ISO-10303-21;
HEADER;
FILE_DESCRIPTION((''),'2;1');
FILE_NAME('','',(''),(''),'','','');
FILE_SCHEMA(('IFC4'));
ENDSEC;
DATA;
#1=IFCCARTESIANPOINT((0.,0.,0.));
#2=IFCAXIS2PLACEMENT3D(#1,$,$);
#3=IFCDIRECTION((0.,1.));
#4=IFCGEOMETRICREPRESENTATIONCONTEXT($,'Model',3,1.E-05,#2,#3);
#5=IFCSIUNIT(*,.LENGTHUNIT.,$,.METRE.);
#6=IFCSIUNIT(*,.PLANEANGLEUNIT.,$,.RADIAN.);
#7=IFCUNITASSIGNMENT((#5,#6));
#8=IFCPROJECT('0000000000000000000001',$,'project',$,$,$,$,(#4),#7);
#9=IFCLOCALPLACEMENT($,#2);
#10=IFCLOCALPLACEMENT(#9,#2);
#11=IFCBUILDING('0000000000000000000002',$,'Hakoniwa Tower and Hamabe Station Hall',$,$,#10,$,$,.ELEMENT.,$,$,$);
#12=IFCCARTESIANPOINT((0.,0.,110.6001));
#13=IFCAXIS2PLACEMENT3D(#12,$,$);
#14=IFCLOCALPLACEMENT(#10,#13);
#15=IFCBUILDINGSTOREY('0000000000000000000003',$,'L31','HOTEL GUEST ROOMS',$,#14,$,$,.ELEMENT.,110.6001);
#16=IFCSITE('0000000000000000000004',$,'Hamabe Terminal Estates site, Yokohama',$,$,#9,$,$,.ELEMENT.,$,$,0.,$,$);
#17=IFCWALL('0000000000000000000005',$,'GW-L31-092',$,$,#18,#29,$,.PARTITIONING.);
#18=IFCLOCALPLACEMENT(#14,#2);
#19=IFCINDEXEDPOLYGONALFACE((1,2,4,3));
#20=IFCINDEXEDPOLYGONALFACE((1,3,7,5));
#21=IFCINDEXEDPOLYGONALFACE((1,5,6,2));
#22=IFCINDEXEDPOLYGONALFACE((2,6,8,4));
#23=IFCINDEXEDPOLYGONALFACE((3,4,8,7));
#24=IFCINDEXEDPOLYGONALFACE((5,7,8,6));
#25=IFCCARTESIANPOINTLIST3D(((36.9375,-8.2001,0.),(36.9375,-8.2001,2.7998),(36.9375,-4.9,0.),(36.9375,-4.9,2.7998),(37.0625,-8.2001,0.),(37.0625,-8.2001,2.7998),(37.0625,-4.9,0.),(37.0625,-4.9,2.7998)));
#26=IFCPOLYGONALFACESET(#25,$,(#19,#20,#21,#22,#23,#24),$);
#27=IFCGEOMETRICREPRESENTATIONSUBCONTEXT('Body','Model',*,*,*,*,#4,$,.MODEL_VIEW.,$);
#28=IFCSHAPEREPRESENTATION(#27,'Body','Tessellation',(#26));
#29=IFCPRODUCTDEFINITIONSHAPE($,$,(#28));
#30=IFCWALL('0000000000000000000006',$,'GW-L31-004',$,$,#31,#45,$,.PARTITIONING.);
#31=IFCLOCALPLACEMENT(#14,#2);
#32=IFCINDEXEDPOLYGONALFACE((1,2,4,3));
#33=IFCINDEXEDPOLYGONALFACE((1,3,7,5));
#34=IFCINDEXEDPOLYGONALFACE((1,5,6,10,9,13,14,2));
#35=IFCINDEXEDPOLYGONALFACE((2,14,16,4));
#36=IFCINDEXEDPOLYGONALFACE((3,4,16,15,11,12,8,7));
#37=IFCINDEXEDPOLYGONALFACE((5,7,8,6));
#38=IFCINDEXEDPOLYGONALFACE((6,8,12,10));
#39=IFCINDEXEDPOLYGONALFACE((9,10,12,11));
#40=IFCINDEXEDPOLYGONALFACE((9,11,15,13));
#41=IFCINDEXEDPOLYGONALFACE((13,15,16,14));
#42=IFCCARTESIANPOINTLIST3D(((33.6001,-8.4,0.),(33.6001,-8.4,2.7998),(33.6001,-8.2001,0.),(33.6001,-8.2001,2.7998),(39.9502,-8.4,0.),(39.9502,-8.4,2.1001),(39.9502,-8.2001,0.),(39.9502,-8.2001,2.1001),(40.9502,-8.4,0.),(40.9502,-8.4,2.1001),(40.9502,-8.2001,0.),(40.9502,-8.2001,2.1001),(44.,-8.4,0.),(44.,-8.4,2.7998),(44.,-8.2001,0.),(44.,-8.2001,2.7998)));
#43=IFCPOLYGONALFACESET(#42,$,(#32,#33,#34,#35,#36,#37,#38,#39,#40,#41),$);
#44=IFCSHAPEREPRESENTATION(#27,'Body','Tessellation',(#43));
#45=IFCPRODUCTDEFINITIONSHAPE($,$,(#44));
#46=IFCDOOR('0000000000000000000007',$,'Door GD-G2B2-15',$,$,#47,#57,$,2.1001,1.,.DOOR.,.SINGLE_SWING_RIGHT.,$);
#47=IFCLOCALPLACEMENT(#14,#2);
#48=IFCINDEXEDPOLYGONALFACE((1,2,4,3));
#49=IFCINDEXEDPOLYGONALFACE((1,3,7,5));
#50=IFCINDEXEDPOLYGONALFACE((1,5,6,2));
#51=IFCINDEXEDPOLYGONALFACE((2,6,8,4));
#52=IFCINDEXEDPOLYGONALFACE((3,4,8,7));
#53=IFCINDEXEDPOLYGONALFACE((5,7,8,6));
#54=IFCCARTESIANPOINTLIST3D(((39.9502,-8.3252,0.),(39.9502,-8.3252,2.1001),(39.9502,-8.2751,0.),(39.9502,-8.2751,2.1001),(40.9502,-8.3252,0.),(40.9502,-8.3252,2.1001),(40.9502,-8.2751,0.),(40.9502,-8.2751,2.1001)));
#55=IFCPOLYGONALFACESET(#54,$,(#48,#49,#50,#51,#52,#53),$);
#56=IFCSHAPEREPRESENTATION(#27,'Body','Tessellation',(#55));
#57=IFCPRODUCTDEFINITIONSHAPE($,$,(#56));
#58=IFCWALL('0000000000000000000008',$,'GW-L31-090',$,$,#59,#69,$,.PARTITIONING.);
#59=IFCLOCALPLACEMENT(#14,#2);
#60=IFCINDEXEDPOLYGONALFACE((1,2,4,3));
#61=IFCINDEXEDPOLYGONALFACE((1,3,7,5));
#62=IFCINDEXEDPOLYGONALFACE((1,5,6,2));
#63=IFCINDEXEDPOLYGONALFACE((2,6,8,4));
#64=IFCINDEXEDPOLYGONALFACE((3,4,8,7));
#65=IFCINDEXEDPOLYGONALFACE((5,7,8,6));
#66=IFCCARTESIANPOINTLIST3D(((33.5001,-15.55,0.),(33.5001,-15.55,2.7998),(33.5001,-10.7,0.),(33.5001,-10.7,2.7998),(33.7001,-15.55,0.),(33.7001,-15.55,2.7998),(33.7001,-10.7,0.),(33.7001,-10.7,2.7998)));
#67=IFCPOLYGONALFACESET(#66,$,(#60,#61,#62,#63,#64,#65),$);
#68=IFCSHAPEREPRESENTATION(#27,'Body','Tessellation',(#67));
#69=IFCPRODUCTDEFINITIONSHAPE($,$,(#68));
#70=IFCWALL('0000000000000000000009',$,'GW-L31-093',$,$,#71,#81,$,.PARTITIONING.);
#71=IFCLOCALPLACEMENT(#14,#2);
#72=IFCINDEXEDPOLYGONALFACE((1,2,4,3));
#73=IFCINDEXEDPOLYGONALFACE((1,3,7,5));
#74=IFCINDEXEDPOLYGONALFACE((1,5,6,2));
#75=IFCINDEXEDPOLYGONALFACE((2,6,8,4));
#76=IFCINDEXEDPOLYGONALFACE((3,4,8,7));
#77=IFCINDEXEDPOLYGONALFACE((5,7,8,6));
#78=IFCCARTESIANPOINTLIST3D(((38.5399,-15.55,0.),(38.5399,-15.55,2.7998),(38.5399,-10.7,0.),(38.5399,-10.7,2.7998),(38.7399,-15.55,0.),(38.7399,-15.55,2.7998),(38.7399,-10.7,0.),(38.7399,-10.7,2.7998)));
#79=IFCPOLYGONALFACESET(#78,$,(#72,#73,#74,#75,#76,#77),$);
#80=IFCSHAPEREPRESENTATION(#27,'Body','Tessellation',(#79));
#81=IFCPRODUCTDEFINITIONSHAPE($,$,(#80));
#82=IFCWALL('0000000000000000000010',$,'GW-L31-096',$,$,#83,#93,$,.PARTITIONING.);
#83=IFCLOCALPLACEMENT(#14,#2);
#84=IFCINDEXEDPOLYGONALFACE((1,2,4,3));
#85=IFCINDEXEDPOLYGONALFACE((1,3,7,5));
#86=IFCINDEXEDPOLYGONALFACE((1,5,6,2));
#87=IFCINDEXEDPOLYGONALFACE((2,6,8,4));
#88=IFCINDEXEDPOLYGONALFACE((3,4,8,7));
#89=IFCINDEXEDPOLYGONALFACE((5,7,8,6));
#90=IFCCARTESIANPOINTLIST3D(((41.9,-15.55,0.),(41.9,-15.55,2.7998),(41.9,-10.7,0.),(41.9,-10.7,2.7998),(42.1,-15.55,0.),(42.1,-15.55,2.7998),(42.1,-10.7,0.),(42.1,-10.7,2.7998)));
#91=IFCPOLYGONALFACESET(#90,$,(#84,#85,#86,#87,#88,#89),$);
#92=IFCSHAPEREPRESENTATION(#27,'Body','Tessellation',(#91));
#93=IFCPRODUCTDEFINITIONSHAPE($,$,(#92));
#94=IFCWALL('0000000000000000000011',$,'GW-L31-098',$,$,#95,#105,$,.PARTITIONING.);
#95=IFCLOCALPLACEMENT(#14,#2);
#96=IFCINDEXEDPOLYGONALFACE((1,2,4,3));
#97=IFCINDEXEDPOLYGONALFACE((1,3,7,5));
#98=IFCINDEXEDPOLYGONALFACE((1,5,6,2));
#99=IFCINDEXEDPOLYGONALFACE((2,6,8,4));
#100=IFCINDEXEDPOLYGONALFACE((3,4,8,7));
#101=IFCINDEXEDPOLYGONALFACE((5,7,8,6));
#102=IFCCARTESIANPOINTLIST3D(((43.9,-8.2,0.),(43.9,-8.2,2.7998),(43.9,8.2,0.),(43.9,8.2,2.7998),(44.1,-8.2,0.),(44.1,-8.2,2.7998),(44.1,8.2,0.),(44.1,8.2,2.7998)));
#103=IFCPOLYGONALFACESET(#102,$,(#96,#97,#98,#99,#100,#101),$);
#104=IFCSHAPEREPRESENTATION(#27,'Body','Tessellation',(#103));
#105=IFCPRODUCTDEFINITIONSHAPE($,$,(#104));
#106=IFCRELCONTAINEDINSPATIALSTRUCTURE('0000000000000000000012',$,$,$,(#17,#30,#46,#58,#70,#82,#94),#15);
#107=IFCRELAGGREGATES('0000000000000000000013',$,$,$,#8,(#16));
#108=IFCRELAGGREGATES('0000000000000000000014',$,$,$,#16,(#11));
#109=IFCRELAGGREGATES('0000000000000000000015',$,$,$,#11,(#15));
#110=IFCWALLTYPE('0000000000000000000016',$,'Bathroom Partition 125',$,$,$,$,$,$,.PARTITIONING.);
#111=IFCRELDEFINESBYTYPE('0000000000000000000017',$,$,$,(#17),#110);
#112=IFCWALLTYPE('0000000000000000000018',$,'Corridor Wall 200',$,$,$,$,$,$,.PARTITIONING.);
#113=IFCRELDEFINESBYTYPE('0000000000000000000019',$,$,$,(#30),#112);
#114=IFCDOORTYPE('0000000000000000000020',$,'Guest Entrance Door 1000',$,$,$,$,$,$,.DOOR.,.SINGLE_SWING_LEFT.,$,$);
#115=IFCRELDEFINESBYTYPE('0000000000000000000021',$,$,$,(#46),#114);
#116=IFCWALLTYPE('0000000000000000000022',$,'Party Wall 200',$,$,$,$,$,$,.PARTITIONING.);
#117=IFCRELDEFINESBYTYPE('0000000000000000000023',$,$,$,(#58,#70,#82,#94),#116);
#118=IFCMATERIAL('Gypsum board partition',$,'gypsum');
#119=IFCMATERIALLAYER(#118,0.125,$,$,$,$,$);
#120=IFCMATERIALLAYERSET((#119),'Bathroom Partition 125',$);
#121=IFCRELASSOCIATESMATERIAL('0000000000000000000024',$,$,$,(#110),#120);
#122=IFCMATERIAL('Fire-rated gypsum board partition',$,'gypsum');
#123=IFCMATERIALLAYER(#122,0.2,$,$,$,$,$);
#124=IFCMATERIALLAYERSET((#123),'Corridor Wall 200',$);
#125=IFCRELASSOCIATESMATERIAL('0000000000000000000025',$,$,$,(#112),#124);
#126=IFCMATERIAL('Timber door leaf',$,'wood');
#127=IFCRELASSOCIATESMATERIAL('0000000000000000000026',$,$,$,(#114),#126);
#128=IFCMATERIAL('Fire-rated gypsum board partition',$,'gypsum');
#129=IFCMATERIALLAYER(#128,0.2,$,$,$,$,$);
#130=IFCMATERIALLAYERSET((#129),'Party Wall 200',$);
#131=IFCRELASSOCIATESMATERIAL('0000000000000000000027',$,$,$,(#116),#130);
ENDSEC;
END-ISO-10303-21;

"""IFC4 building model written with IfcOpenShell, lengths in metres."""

from ifc_helpers import new_model, si_unit, direction, frame, frame_2d, origin, place, context, subcontext, project, spatial, rectangle, extrude, material, layer, layer_set, type_object, element, fill, save


model = new_model("IFC4")

# Units and contexts
model_context = context("Model", 3, precision=1e-05, world=origin(), true_north=direction((0.0, 1.0)))
body_context = subcontext(model_context, "Body", "Model", "MODEL_VIEW")
ifc_project = project(units=[si_unit("LENGTHUNIT", "METRE"), si_unit("PLANEANGLEUNIT", "RADIAN")], contexts=[model_context])

# Site, building, storey
site_placement = place(None, origin())
site = spatial("IfcSite", under=ifc_project, at=site_placement, Name="Hamabe Terminal Estates site, Yokohama", CompositionType="ELEMENT", RefElevation=0.0)
building_placement = place(site_placement, origin())
building = spatial("IfcBuilding", under=site, at=building_placement, Name="Hakoniwa Tower and Hamabe Station Hall", CompositionType="ELEMENT")
storey_placement = place(building_placement, frame((0.0, 0.0, 110.6001)))
storey = spatial("IfcBuildingStorey", under=building, at=storey_placement, Name="L31", Description="HOTEL GUEST ROOMS", CompositionType="ELEMENT", Elevation=110.6001)

# Shared definitions
ifc_material_1 = material(Name="Gypsum board partition", Category="gypsum")
ifc_layer_1 = layer(ifc_material_1, 0.125)
ifc_layer_set_1 = layer_set([ifc_layer_1], Name="Bathroom Partition 125")
wall_type_1 = type_object("IfcWallType", Name="Bathroom Partition 125", PredefinedType="PARTITIONING", material=ifc_layer_set_1)

# Wall
wall_1_placement = place(storey_placement, frame((37.0, -8.2, 0.0), z_axis=(0.0, 0.0, 1.0), x_axis=(0.0, 1.0, 0.0)))
element("IfcWall", 1, at=wall_1_placement, inside=storey, type_object=wall_type_1, Name="GW-L31-092", PredefinedType="PARTITIONING", context=body_context, shape_type="SweptSolid", body=[
    extrude(rectangle(XDim=3.3, YDim=0.125, at=frame_2d((1.6499, 0.0))), origin(), (0.0, 0.0, 1.0), 2.7998),
])

# Wall, opening, door
ifc_material_2 = material(Name="Fire-rated gypsum board partition", Category="gypsum")
ifc_layer_2 = layer(ifc_material_2, 0.2)
ifc_layer_set_2 = layer_set([ifc_layer_2], Name="Corridor Wall 200")
wall_type_2 = type_object("IfcWallType", Name="Corridor Wall 200", PredefinedType="PARTITIONING", material=ifc_layer_set_2)
wall_2_placement = place(storey_placement, frame((33.6001, -8.3, 0.0), z_axis=(0.0, 0.0, 1.0), x_axis=(1.0, 0.0, 0.0)))
wall_2 = element("IfcWall", 2, at=wall_2_placement, inside=storey, type_object=wall_type_2, Name="GW-L31-004", PredefinedType="PARTITIONING", context=body_context, shape_type="SweptSolid", body=[
    extrude(rectangle(XDim=10.3999, YDim=0.2, at=frame_2d((5.2, 0.0))), origin(), (0.0, 0.0, 1.0), 2.7998),
])
opening_1_placement = place(wall_2_placement, frame((6.3501, 0.0, 0.0)))
opening_1 = element("IfcOpeningElement", 3, at=opening_1_placement, cuts=wall_2, PredefinedType="OPENING", context=body_context, shape_type="SweptSolid", body=[
    extrude(rectangle(XDim=1.0, YDim=2.1001, at=frame_2d((0.5, 1.05))), frame((0.0, 0.1099, 0.0), z_axis=(0.0, -1.0, 0.0), x_axis=(1.0, 0.0, 0.0)), (0.0, 0.0, 1.0), 0.22),
])
ifc_material_3 = material(Name="Timber door leaf", Category="wood")
door_type_1 = type_object("IfcDoorType", Name="Guest Entrance Door 1000", OperationType="SINGLE_SWING_LEFT", PredefinedType="DOOR", material=ifc_material_3)
door_1_placement = place(opening_1_placement, origin())
door_1 = element("IfcDoor", 4, at=door_1_placement, inside=storey, type_object=door_type_1, Name="Door GD-G2B2-15", OperationType="SINGLE_SWING_RIGHT", OverallHeight=2.1001, OverallWidth=1.0, PredefinedType="DOOR", context=body_context, shape_type="SweptSolid", body=[
    extrude(rectangle(XDim=1.0, YDim=2.1001, at=frame_2d((0.5, 1.05))), frame((0.0, 0.0249, 0.0), z_axis=(0.0, -1.0, 0.0), x_axis=(1.0, 0.0, 0.0)), (0.0, 0.0, 1.0), 0.05),
])
fill(opening_1, door_1)

# Walls
ifc_material_4 = material(Name="Fire-rated gypsum board partition", Category="gypsum")
ifc_layer_3 = layer(ifc_material_4, 0.2)
ifc_layer_set_3 = layer_set([ifc_layer_3], Name="Party Wall 200")
wall_type_3 = type_object("IfcWallType", Name="Party Wall 200", PredefinedType="PARTITIONING", material=ifc_layer_set_3)
for number, where, z_axis, x_axis, name in (
    (5, (33.6001, -15.55, 0.0), (0.0, 0.0, 1.0), (0.0, 1.0, 0.0), "GW-L31-090"),
    (6, (38.6399, -15.55, 0.0), (0.0, 0.0, 1.0), (0.0, 1.0, 0.0), "GW-L31-093"),
    (7, (42.0, -15.55, 0.0), (0.0, 0.0, 1.0), (0.0, 1.0, 0.0), "GW-L31-096"),
):
    element("IfcWall", number, at=place(storey_placement, frame(where, z_axis=z_axis, x_axis=x_axis)), inside=storey, type_object=wall_type_3, Name=name, PredefinedType="PARTITIONING", context=body_context, shape_type="SweptSolid", body=[
        extrude(rectangle(XDim=4.8501, YDim=0.2, at=frame_2d((2.425, 0.0))), origin(), (0.0, 0.0, 1.0), 2.7998),
    ])
wall_3_placement = place(storey_placement, frame((44.0, -8.2, 0.0), z_axis=(0.0, 0.0, 1.0), x_axis=(0.0, 1.0, 0.0)))
element("IfcWall", 8, at=wall_3_placement, inside=storey, type_object=wall_type_3, Name="GW-L31-098", PredefinedType="PARTITIONING", context=body_context, shape_type="SweptSolid", body=[
    extrude(rectangle(XDim=16.3999, YDim=0.2, at=frame_2d((8.2, 0.0))), origin(), (0.0, 0.0, 1.0), 2.7998),
])

save(model, "model.ifc")
